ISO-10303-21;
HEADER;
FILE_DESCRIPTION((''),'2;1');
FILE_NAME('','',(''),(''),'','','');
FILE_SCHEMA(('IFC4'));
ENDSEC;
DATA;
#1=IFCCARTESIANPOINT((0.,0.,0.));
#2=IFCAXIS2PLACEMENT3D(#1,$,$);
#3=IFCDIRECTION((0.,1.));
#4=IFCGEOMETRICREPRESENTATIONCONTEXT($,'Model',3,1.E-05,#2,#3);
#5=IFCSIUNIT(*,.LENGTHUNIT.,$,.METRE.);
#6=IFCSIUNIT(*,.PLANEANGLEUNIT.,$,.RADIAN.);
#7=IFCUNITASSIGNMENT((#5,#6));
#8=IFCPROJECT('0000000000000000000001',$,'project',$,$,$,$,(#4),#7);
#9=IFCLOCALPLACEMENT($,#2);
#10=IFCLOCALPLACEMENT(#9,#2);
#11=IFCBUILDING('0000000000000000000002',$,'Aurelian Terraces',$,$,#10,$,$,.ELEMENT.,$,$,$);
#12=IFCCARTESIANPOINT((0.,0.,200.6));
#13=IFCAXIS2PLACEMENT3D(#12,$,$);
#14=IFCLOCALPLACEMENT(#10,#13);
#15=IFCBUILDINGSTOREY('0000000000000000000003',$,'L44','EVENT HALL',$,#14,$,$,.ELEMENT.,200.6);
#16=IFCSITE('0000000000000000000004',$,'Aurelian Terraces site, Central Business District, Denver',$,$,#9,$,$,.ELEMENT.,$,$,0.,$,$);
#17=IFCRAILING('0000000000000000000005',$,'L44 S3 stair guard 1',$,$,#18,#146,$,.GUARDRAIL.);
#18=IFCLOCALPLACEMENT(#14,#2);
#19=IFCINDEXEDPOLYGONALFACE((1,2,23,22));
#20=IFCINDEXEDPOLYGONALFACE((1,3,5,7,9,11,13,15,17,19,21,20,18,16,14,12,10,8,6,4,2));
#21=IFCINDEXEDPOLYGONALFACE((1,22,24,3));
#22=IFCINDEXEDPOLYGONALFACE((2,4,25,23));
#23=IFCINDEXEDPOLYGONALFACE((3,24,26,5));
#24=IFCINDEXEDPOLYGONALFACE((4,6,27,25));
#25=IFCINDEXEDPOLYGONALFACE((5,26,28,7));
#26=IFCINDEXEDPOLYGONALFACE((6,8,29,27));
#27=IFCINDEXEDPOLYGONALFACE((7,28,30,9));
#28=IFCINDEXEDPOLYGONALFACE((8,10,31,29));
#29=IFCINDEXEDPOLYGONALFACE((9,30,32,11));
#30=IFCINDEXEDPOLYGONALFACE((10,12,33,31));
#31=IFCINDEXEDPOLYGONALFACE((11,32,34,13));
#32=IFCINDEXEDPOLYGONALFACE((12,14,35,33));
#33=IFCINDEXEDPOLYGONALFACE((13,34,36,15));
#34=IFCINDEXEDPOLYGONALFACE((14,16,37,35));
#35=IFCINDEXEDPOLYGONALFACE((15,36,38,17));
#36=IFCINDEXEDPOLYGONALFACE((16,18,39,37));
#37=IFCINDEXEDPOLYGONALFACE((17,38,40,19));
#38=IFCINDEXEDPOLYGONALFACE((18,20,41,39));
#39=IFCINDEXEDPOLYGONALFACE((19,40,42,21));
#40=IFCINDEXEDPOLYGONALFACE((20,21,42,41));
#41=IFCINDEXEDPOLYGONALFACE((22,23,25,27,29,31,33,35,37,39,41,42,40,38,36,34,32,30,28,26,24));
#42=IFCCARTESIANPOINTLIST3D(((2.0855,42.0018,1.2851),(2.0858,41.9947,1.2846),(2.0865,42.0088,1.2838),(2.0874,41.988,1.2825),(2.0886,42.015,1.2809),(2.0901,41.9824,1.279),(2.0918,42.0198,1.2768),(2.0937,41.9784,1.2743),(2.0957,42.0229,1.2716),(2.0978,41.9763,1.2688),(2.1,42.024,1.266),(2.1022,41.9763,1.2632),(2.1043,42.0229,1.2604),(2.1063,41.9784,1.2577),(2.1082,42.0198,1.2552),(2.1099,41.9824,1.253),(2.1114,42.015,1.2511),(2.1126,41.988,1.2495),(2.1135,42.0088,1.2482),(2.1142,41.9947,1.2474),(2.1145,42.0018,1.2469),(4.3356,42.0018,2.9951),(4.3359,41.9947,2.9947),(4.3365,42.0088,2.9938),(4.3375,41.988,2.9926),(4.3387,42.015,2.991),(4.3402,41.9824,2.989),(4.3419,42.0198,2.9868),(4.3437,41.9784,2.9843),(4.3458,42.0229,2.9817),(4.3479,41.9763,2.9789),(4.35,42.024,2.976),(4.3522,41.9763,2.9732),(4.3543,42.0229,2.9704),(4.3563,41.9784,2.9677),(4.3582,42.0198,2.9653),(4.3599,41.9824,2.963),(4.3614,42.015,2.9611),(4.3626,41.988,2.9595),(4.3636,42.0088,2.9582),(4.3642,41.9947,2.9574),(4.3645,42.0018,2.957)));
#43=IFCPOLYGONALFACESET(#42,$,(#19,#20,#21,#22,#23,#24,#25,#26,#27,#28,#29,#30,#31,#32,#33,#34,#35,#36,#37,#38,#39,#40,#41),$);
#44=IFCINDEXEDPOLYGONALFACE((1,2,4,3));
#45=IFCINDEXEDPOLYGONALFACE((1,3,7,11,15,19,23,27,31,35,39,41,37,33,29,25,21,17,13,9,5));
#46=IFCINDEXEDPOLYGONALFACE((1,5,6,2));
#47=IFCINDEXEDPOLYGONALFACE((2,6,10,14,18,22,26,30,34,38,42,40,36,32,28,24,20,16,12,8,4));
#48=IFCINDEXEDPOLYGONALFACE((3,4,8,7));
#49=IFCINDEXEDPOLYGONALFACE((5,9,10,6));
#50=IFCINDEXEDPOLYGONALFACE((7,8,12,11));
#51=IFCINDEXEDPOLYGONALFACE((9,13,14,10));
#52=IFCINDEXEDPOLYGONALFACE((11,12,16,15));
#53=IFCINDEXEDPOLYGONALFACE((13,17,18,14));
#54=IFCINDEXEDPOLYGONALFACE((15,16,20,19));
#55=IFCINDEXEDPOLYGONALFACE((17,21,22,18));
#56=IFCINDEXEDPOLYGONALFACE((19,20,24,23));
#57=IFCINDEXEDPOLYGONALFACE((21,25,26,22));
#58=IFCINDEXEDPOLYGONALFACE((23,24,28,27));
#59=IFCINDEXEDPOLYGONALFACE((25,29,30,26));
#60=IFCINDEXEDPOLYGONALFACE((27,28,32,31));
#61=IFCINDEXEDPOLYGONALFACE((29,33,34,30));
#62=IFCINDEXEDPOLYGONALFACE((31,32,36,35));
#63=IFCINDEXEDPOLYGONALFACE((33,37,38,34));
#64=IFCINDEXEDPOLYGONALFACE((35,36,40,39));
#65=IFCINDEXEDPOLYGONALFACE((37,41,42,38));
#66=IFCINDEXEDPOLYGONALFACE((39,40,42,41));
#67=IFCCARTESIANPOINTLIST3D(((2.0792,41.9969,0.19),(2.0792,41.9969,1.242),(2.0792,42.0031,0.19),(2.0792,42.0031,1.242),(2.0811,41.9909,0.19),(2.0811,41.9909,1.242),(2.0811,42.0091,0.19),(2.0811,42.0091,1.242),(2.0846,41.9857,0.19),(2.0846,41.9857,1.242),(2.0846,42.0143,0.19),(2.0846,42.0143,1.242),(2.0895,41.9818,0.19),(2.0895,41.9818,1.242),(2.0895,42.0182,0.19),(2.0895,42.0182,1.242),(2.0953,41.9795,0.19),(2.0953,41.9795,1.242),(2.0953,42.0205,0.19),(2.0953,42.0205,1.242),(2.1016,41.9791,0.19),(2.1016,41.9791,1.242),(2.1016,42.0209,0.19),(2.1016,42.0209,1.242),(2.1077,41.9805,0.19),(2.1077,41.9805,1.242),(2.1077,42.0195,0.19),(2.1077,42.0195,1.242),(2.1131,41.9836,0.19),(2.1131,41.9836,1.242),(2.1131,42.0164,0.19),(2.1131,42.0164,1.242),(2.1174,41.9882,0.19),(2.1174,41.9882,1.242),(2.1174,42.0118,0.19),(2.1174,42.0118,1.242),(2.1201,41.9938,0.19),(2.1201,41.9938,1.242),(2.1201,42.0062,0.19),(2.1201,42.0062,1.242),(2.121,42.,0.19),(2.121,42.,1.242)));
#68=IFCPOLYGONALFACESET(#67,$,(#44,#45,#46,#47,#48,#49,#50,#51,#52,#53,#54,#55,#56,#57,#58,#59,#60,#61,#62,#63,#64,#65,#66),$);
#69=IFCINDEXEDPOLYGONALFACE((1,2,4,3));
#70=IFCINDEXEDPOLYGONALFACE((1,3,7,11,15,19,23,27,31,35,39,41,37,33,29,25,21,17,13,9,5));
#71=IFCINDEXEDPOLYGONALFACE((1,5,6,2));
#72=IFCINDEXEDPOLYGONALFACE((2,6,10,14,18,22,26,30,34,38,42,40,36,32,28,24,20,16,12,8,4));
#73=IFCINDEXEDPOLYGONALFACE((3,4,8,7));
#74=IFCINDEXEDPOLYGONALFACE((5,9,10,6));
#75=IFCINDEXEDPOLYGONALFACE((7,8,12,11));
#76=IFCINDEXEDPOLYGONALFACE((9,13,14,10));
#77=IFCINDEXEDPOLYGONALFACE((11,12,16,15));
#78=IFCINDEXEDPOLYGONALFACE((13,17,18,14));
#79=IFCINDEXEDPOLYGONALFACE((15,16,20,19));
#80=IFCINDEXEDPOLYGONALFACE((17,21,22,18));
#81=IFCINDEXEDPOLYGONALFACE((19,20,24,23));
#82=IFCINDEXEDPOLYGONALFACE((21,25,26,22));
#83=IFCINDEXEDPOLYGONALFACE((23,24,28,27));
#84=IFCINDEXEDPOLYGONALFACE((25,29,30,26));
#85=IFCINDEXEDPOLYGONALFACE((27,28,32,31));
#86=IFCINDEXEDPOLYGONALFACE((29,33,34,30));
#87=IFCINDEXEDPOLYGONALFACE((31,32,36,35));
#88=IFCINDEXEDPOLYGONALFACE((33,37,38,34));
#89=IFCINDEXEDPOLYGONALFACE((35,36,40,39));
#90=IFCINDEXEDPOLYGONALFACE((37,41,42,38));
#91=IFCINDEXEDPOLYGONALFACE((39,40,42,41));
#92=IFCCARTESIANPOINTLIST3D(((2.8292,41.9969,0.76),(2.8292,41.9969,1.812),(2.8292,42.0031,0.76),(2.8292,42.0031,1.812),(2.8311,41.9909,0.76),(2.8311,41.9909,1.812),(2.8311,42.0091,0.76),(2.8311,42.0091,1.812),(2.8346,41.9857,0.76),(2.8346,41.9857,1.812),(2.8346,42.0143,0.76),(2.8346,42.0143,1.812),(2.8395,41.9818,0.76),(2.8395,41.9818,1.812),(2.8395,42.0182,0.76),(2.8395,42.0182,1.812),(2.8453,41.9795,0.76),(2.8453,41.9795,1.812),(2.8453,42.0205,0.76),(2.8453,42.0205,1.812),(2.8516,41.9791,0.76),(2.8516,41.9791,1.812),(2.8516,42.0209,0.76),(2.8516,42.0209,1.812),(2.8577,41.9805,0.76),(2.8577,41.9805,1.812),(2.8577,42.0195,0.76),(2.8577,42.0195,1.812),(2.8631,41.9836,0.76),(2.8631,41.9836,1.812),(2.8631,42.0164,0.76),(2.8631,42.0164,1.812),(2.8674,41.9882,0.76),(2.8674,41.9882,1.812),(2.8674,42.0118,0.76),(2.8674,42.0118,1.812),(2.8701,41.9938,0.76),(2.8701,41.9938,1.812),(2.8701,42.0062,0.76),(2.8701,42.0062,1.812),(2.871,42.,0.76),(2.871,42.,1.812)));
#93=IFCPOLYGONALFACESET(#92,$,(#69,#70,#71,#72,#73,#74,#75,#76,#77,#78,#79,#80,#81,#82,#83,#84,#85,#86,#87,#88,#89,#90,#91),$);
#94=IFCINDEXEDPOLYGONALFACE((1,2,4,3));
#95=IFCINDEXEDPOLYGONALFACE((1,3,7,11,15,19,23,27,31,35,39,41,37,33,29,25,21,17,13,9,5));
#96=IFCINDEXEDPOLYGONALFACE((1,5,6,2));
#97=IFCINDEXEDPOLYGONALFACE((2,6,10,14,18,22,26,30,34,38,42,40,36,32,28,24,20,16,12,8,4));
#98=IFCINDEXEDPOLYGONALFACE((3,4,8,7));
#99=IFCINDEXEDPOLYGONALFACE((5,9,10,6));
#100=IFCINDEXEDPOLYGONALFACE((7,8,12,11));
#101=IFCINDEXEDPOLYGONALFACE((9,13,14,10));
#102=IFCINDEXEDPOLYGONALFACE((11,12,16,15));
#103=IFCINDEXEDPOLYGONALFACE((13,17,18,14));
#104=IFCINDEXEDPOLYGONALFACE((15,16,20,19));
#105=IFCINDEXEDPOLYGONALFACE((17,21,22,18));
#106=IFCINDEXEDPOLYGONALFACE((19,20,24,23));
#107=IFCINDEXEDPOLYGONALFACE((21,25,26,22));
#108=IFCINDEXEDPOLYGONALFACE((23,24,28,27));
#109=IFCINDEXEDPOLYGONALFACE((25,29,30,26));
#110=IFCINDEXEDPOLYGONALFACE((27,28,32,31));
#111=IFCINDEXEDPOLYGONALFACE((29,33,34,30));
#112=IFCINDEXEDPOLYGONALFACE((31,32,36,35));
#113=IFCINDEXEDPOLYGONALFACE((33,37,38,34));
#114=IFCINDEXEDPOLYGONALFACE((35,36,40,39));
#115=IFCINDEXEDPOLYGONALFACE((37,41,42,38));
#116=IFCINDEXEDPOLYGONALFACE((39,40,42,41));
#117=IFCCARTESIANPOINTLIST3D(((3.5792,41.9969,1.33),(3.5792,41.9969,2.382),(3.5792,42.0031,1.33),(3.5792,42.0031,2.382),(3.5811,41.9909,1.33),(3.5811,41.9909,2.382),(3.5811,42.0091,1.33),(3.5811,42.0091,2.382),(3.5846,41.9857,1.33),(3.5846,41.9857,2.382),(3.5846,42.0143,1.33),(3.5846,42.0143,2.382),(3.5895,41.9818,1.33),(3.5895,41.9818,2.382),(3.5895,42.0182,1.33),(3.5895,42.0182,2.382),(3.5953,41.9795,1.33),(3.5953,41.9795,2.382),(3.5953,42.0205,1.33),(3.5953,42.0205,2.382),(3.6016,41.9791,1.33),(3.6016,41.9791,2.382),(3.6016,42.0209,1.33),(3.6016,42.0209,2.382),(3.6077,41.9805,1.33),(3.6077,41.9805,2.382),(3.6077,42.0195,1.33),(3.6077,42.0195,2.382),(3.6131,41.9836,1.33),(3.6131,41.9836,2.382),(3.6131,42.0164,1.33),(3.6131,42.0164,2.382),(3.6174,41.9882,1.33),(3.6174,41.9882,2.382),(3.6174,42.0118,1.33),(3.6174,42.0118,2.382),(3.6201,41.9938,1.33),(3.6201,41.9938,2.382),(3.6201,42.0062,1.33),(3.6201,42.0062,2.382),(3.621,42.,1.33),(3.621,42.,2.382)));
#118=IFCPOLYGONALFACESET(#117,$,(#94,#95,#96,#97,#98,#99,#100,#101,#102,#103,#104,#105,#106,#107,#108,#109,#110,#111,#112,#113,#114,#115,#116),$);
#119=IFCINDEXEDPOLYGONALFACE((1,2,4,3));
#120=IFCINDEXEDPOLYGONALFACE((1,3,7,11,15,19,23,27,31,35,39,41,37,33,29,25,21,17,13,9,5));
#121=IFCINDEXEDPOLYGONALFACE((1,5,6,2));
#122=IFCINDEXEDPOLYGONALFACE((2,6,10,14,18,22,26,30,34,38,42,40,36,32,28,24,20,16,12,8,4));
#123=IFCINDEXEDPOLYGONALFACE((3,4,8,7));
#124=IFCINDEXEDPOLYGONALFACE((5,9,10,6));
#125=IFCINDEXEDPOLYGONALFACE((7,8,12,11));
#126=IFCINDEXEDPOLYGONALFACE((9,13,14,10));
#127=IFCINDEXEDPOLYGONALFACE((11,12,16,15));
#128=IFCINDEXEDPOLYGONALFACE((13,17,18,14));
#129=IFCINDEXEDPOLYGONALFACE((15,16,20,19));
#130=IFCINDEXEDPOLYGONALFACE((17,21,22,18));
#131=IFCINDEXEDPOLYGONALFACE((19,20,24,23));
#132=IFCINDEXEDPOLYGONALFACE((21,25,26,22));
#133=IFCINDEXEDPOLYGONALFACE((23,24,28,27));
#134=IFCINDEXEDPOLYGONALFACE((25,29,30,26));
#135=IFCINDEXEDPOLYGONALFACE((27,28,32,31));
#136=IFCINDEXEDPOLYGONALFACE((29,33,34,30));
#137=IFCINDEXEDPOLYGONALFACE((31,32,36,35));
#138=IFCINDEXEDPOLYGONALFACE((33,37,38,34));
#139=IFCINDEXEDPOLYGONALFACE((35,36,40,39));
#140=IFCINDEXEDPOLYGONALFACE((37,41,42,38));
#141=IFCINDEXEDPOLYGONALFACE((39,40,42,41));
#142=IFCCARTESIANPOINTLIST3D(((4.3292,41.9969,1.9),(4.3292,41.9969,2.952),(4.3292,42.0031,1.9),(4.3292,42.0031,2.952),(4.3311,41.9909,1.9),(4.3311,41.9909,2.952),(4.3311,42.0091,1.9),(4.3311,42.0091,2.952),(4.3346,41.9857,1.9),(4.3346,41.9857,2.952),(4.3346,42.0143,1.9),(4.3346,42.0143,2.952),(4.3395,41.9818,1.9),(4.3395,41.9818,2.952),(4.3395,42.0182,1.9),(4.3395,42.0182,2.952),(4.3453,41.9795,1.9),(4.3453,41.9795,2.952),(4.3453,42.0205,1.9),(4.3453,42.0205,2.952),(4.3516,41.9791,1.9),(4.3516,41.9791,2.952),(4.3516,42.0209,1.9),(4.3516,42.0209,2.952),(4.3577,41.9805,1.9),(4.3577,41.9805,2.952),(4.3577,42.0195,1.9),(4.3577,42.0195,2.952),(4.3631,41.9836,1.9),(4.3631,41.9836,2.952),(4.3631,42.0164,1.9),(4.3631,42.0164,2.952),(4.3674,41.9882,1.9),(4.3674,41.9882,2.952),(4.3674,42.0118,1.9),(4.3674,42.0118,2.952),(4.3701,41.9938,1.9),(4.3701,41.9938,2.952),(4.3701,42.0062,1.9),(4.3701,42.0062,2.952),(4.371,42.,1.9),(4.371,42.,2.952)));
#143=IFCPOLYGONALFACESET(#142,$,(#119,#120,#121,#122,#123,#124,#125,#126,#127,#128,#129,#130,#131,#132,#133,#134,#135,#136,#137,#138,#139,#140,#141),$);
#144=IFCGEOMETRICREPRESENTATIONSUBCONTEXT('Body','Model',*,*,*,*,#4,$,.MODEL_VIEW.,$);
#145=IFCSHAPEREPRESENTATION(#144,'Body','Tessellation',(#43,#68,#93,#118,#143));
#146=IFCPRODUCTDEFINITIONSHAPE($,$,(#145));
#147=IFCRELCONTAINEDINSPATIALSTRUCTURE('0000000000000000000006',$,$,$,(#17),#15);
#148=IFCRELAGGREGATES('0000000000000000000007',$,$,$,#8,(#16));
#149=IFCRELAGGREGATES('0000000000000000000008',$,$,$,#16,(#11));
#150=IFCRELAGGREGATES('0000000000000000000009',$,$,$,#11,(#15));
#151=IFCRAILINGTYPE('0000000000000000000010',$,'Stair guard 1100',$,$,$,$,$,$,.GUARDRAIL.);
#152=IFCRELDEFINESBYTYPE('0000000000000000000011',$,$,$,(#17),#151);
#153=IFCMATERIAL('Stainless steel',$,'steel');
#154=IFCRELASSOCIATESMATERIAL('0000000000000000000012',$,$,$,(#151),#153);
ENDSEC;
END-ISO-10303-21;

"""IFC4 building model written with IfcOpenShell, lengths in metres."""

from ifc_helpers import new_model, si_unit, direction, frame, origin, origin_2d, place, context, subcontext, project, spatial, circle, extrude, source, transform, mapped, material, type_object, element, save


model = new_model("IFC4")

# Units and contexts
model_context = context("Model", 3, precision=1e-05, world=origin(), true_north=direction((0.0, 1.0)))
body_context = subcontext(model_context, "Body", "Model", "MODEL_VIEW")
ifc_project = project(units=[si_unit("LENGTHUNIT", "METRE"), si_unit("PLANEANGLEUNIT", "RADIAN")], contexts=[model_context])

# Site, building, storey
site_placement = place(None, origin())
site = spatial("IfcSite", under=ifc_project, at=site_placement, Name="Aurelian Terraces site, Central Business District, Denver", CompositionType="ELEMENT", RefElevation=0.0)
building_placement = place(site_placement, origin())
building = spatial("IfcBuilding", under=site, at=building_placement, Name="Aurelian Terraces", CompositionType="ELEMENT")
storey_placement = place(building_placement, frame((0.0, 0.0, 200.6)))
storey = spatial("IfcBuildingStorey", under=building, at=storey_placement, Name="L44", Description="EVENT HALL", CompositionType="ELEMENT", Elevation=200.6)

# Railing
ifc_material_1 = material(Name="Stainless steel", Category="steel")
railing_type_1 = type_object("IfcRailingType", Name="Stair guard 1100", PredefinedType="GUARDRAIL", material=ifc_material_1)
shared_shape_1 = source(origin(), body_context, "Body", "SweptSolid", [
    extrude(circle(Radius=0.024, at=origin_2d()), frame((0.0, 0.0, 1.076), z_axis=(0.796162, 0.0, 0.605083), x_axis=(0.0, 1.0, 0.0)), (0.0, 0.0, 1.0), 2.8261),
    extrude(circle(Radius=0.021, at=origin_2d()), origin(), (0.0, 0.0, 1.0), 1.052),
    extrude(circle(Radius=0.021, at=origin_2d()), frame((0.75, 0.0, 0.57)), (0.0, 0.0, 1.0), 1.052),
    extrude(circle(Radius=0.021, at=origin_2d()), frame((1.5, 0.0, 1.14)), (0.0, 0.0, 1.0), 1.052),
    extrude(circle(Radius=0.021, at=origin_2d()), frame((2.25, 0.0, 1.71)), (0.0, 0.0, 1.0), 1.052),
])
railing_1_placement = place(storey_placement, frame((2.1, 42.0, 0.19)))
element("IfcRailing", 1, at=railing_1_placement, inside=storey, type_object=railing_type_1, Name="L44 S3 stair guard 1", PredefinedType="GUARDRAIL", context=body_context, shape_type="MappedRepresentation", body=[
    mapped(shared_shape_1, transform((0.0, 0.0, 0.0), scale=1.0)),
])

save(model, "model.ifc")
